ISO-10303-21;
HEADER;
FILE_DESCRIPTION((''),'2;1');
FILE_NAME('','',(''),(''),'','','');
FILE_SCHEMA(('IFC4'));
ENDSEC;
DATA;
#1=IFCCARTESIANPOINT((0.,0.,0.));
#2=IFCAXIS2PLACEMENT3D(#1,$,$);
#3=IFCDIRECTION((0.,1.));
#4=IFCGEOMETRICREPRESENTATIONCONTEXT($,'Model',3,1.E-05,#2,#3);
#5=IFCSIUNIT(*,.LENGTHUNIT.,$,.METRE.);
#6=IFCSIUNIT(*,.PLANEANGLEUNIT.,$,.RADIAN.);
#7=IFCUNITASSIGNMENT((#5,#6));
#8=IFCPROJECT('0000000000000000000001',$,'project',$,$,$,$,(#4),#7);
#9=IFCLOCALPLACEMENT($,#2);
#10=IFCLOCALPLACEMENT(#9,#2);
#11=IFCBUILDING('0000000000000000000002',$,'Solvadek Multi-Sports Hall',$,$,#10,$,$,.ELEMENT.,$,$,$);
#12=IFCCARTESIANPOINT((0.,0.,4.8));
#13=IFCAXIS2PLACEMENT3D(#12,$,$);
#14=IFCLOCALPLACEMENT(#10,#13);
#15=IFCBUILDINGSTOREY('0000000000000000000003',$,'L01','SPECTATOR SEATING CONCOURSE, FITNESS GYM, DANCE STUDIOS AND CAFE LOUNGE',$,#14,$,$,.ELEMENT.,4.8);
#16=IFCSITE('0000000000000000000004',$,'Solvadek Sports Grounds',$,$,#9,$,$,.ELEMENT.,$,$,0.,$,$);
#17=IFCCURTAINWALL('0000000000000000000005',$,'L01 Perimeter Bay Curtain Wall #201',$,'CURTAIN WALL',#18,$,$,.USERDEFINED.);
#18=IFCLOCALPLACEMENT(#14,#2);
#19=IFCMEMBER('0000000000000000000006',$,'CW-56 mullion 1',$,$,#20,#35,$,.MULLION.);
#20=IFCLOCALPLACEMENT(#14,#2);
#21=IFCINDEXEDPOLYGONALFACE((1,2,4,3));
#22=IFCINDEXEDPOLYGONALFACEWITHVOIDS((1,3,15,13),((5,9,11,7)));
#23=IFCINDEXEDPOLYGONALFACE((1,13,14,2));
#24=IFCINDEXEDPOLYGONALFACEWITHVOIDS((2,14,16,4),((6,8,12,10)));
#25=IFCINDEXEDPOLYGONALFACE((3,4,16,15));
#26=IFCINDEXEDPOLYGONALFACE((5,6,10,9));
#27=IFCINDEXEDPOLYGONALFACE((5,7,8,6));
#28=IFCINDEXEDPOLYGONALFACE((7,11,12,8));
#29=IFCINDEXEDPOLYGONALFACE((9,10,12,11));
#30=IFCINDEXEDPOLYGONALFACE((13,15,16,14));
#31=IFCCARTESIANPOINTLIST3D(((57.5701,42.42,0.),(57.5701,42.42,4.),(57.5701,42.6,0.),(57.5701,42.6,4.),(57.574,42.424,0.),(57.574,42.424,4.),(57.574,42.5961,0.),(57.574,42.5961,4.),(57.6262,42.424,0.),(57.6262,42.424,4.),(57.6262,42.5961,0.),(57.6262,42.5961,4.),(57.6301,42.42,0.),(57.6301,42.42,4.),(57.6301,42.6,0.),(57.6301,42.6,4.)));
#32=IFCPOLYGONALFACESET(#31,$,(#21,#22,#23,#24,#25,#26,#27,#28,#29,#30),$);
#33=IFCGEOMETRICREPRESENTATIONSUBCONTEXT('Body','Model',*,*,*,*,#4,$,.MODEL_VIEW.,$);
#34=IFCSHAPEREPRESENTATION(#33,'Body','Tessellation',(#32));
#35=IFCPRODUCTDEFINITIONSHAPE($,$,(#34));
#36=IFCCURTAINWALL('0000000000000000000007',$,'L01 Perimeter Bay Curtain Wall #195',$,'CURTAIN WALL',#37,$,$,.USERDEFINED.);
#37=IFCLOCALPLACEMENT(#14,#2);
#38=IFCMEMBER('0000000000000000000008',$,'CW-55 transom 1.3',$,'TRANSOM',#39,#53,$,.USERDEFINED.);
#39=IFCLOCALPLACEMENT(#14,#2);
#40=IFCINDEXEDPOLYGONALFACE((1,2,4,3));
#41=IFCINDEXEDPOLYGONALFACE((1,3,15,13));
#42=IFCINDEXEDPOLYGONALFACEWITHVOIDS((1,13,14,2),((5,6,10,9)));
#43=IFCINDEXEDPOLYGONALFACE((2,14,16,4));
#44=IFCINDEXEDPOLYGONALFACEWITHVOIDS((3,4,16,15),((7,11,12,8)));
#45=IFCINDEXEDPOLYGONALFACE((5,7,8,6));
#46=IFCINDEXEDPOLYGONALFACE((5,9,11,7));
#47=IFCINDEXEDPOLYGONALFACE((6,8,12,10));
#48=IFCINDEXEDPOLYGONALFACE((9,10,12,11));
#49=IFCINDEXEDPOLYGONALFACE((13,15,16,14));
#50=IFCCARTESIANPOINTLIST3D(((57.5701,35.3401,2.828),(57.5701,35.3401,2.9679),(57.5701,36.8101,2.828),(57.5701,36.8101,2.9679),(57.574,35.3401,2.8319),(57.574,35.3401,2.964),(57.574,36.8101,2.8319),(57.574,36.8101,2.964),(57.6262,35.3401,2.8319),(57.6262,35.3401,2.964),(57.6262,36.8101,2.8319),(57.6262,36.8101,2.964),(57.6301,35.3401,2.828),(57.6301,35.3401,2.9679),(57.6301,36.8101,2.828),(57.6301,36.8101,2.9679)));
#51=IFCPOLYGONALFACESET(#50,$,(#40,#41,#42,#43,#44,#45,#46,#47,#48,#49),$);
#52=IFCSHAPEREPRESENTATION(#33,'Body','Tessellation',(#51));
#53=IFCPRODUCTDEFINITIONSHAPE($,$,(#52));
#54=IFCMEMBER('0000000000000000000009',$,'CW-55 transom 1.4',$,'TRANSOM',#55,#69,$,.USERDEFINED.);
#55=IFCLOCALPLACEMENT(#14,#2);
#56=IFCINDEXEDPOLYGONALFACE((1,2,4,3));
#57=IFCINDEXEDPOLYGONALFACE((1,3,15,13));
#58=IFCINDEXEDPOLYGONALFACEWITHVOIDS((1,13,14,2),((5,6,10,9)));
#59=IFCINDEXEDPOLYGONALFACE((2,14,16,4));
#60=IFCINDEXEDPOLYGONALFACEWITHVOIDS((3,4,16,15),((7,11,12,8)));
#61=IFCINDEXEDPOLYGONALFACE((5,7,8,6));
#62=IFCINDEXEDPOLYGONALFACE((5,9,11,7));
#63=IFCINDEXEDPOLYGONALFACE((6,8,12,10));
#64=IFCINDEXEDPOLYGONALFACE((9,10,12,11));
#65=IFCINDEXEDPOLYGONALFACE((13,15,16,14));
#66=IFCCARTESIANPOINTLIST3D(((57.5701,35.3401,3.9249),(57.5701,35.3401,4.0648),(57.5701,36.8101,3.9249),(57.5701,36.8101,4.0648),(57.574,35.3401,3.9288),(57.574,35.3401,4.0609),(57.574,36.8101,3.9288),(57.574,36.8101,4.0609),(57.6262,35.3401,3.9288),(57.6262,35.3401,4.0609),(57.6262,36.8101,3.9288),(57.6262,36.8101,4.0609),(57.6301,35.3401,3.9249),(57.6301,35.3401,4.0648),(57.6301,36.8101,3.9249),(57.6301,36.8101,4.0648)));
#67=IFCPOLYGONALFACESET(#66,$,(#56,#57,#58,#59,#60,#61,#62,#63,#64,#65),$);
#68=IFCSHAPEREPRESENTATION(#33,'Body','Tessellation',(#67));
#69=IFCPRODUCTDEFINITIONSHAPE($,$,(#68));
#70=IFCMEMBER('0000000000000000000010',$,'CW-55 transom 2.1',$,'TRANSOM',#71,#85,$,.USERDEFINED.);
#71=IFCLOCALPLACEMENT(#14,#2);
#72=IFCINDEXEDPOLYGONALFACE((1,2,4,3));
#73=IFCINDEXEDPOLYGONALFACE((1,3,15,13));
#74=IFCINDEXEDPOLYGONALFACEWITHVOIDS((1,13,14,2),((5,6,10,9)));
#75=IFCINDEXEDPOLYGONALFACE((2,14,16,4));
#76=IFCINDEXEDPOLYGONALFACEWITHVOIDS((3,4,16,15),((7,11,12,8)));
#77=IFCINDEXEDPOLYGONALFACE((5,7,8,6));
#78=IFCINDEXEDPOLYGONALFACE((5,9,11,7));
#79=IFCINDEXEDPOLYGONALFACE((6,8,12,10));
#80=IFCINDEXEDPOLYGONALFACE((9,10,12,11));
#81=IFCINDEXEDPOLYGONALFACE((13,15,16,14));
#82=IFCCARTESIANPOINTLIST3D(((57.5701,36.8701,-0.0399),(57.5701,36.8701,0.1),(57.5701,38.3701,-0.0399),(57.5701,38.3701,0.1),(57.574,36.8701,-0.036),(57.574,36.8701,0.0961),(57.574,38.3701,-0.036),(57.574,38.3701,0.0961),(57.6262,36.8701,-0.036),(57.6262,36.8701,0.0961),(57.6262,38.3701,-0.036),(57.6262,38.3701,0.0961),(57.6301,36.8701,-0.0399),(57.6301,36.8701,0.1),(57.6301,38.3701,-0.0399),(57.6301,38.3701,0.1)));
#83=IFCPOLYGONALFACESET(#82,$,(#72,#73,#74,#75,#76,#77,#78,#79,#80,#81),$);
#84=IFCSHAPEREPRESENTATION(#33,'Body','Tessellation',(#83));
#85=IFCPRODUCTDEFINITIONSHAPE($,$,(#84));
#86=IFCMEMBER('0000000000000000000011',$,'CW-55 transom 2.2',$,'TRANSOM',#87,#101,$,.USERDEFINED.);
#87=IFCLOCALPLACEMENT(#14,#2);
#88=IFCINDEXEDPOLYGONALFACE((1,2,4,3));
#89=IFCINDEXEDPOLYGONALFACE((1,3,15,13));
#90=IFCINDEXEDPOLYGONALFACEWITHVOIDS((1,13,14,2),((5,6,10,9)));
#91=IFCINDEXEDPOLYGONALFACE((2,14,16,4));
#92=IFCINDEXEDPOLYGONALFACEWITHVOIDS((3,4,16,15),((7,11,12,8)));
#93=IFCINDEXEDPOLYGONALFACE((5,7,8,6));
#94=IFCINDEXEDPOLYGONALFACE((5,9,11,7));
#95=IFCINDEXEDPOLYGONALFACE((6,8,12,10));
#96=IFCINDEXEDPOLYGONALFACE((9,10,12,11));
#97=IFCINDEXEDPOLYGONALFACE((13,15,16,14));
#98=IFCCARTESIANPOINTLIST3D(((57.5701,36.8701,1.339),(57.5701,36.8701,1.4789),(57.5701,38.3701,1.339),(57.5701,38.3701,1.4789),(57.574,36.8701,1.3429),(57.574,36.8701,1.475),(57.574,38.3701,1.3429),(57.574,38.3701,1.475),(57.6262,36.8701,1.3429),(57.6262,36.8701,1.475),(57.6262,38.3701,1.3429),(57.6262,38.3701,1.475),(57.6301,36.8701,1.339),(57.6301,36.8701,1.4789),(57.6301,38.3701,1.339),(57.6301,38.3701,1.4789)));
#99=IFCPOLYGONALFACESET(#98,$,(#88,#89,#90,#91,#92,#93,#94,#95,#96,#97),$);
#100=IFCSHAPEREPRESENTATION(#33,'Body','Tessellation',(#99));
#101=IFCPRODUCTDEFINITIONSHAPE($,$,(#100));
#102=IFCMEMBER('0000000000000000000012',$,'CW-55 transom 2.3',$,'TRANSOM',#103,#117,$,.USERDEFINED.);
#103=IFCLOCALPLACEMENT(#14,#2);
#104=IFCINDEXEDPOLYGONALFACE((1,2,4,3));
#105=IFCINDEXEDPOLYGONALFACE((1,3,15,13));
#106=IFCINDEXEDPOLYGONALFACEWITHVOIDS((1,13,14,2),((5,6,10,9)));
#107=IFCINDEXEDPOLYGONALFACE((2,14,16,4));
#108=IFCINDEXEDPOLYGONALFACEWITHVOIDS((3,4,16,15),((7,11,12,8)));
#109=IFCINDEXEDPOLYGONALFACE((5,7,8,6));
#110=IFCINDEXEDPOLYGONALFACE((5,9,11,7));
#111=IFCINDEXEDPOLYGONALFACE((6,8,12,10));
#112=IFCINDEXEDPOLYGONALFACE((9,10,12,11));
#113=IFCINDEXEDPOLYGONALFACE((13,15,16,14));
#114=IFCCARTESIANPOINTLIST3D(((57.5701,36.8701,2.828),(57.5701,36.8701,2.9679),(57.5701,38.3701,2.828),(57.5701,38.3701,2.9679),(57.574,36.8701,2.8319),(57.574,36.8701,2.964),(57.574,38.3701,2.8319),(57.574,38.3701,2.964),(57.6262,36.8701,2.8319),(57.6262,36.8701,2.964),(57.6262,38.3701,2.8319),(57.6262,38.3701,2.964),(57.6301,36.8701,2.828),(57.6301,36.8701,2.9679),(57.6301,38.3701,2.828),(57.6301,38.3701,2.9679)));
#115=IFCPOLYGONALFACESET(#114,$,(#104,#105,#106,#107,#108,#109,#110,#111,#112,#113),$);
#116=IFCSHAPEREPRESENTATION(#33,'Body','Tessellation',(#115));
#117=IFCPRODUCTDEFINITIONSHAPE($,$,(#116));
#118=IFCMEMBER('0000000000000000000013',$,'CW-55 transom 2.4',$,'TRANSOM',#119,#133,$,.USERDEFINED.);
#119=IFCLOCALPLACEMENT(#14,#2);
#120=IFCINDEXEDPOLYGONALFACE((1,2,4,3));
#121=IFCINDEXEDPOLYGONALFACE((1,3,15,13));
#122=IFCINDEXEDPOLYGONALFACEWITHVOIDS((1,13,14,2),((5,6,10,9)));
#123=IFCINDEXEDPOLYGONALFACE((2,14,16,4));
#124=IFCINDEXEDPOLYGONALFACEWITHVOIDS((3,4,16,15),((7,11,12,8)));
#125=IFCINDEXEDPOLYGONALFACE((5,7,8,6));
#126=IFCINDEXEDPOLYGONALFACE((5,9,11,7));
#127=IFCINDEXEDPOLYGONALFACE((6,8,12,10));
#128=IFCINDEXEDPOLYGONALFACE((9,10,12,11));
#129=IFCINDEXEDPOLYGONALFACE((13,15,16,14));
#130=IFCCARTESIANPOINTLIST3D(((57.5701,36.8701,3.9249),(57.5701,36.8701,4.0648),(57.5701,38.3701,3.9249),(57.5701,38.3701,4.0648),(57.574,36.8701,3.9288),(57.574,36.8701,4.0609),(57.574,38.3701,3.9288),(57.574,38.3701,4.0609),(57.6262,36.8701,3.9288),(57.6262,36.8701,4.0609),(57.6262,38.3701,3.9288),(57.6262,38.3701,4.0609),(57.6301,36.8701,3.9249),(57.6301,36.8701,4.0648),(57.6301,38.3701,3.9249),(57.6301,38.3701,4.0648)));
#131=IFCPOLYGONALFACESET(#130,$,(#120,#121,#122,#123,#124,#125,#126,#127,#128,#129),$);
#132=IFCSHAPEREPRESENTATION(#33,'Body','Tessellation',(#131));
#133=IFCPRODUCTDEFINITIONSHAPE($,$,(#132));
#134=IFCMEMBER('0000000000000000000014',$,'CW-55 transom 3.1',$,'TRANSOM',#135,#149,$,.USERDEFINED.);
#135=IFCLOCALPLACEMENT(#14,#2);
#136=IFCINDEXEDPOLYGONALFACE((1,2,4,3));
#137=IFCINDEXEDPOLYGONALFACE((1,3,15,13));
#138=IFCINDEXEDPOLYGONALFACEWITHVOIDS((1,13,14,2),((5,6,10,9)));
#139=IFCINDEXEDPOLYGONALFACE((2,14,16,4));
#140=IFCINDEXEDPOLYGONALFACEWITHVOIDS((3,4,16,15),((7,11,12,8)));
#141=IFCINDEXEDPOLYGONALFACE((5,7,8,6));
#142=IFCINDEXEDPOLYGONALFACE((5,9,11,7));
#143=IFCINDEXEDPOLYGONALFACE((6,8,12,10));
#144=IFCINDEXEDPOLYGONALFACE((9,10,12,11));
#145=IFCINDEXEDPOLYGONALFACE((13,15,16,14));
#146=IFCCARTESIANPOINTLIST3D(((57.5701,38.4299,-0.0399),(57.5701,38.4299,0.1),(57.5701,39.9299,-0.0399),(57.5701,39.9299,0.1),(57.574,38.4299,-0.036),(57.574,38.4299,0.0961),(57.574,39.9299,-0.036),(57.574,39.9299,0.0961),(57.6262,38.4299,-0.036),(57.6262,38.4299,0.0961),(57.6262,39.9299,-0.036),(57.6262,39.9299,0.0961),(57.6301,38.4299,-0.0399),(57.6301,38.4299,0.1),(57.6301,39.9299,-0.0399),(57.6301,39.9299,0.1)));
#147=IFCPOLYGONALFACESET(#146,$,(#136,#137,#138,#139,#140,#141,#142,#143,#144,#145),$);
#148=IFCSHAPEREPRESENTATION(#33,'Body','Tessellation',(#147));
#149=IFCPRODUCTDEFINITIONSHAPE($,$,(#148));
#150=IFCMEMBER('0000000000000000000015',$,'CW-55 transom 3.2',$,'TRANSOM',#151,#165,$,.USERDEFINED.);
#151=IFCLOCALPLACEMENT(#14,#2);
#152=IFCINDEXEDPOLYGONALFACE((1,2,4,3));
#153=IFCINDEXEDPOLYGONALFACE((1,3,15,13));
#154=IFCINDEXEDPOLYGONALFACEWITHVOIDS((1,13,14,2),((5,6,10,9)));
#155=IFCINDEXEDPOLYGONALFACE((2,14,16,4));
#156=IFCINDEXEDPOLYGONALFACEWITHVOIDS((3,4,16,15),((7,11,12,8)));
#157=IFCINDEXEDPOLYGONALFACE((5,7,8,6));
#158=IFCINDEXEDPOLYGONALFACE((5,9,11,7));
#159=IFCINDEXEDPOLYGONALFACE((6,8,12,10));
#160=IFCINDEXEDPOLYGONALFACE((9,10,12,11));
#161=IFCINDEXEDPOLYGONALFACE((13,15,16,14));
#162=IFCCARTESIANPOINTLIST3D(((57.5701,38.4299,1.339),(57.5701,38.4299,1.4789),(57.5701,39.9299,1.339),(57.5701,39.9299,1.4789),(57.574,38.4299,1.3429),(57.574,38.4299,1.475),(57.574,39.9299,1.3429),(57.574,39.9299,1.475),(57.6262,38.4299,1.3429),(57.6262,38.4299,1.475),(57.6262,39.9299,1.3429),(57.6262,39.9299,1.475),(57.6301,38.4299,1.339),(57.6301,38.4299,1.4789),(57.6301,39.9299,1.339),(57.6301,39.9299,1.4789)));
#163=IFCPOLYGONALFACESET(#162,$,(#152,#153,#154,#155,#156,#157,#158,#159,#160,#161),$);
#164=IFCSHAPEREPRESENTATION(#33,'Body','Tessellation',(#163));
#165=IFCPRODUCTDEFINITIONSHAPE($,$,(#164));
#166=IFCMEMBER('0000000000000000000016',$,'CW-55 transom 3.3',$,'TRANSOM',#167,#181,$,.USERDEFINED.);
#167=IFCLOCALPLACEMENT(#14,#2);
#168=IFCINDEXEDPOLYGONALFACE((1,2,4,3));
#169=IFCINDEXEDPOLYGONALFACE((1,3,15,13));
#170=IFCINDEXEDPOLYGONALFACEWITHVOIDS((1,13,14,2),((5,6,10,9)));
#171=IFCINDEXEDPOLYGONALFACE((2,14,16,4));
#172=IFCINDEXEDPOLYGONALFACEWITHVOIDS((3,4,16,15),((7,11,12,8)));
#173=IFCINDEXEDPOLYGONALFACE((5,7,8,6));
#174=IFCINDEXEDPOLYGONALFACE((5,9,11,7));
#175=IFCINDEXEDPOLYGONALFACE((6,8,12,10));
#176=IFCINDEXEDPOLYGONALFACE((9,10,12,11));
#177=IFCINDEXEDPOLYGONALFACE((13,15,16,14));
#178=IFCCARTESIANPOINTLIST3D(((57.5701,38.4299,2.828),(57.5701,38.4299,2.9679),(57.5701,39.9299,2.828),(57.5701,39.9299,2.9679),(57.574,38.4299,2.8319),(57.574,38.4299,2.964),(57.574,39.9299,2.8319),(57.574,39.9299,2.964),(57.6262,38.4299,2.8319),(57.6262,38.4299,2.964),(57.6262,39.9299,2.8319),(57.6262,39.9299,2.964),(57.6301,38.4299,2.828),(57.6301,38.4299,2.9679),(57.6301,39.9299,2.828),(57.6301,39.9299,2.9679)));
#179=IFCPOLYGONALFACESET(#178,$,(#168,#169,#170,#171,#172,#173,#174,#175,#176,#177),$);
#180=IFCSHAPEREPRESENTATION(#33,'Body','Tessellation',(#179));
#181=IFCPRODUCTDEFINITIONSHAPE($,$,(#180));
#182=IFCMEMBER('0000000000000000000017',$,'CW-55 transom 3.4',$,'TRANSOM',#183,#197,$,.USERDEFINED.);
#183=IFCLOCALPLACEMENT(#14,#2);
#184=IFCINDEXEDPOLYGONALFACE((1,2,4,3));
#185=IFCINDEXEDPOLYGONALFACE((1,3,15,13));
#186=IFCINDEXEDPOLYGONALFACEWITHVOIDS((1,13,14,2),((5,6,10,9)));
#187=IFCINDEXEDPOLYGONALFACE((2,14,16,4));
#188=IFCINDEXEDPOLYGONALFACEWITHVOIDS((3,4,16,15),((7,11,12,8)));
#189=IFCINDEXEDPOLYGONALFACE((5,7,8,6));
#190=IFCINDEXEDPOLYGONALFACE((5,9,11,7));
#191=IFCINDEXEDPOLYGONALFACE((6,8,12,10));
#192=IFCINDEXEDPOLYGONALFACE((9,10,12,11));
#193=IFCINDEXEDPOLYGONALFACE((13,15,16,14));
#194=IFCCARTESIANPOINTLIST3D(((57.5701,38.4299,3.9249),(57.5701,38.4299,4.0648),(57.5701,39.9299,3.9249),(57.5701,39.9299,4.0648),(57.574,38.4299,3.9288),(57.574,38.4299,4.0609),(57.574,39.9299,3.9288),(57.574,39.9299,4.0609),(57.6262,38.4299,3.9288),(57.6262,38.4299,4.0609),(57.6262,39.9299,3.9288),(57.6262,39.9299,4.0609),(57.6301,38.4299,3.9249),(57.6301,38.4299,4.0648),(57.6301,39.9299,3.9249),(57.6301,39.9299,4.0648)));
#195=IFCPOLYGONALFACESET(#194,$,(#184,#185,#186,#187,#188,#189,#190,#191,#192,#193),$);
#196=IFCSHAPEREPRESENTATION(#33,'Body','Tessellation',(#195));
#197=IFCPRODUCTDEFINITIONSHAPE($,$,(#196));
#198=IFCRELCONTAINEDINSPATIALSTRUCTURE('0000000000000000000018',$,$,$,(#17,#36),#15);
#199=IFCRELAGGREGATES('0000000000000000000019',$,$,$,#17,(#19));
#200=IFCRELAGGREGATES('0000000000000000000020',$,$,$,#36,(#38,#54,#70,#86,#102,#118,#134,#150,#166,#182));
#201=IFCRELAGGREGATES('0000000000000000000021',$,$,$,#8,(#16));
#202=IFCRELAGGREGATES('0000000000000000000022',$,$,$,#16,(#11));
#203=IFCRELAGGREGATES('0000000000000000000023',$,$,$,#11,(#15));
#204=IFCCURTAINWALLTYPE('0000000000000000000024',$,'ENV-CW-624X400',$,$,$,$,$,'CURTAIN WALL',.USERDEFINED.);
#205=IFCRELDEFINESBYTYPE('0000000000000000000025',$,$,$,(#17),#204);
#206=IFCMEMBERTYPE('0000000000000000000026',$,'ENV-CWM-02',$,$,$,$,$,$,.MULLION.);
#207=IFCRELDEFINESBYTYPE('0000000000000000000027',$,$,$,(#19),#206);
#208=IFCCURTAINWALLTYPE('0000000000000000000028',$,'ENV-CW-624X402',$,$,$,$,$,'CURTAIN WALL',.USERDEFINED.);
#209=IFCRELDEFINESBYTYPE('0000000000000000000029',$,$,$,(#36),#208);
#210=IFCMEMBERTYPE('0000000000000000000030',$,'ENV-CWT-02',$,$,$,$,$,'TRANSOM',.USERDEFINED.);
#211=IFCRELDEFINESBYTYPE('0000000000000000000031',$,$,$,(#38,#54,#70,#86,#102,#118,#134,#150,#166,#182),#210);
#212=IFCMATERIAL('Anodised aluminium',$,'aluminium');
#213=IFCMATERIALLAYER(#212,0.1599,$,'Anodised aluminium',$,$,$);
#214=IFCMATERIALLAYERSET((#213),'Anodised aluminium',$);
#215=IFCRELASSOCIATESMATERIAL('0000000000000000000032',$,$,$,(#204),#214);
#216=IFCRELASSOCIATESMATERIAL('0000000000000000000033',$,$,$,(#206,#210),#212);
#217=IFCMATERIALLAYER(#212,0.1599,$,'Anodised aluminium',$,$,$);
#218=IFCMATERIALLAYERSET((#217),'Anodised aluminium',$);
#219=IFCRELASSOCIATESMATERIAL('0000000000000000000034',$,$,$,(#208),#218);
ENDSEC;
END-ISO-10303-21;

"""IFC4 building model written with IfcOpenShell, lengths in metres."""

from ifc_helpers import new_model, si_unit, direction, frame, origin, origin_2d, place, context, subcontext, project, spatial, hollow_rectangle, extrude, material, layer, layer_set, material_profile, profile_set, type_object, element, aggregate, save


model = new_model("IFC4")

# Units and contexts
model_context = context("Model", 3, precision=1e-05, world=origin(), true_north=direction((0.0, 1.0)))
body_context = subcontext(model_context, "Body", "Model", "MODEL_VIEW")
ifc_project = project(units=[si_unit("LENGTHUNIT", "METRE"), si_unit("PLANEANGLEUNIT", "RADIAN")], contexts=[model_context])

# Site, building, storey
site_placement = place(None, origin())
site = spatial("IfcSite", under=ifc_project, at=site_placement, Name="Solvadek Sports Grounds", CompositionType="ELEMENT", RefElevation=0.0)
building_placement = place(site_placement, origin())
building = spatial("IfcBuilding", under=site, at=building_placement, Name="Solvadek Multi-Sports Hall", CompositionType="ELEMENT")
storey_placement = place(building_placement, frame((0.0, 0.0, 4.8)))
storey = spatial("IfcBuildingStorey", under=building, at=storey_placement, Name="L01", Description="SPECTATOR SEATING CONCOURSE, FITNESS GYM, DANCE STUDIOS AND CAFE LOUNGE", CompositionType="ELEMENT", Elevation=4.8)

# Curtain wall, member
ifc_material_1 = material(Name="Anodised aluminium", Category="aluminium")
ifc_layer_1 = layer(ifc_material_1, 0.1599, Name="Anodised aluminium")
ifc_layer_set_1 = layer_set([ifc_layer_1], Name="Anodised aluminium")
curtain_wall_type_1 = type_object("IfcCurtainWallType", Name="ENV-CW-624X400", ElementType="CURTAIN WALL", PredefinedType="USERDEFINED", material=ifc_layer_set_1)
curtain_wall_1_placement = place(storey_placement, origin())
curtain_wall_1 = element("IfcCurtainWall", 1, at=curtain_wall_1_placement, inside=storey, type_object=curtain_wall_type_1, Name="L01 Perimeter Bay Curtain Wall #201", ObjectType="CURTAIN WALL", PredefinedType="USERDEFINED")
ifc_material_profile_1 = material_profile(ifc_material_1, hollow_rectangle(XDim=0.0601, YDim=0.1799, WallThickness=0.0039, at=origin_2d()), Name="ALU-M 180x60x4")
ifc_profile_set_1 = profile_set([ifc_material_profile_1], Name="Anodised aluminium")
member_type_1 = type_object("IfcMemberType", Name="ENV-CWM-02", PredefinedType="MULLION", material=ifc_profile_set_1)
member_1_placement = place(storey_placement, frame((57.6001, 42.51, 0.0), z_axis=(0.0, 0.0, 1.0), x_axis=(-1.0, 0.0, 0.0)))
member_1 = element("IfcMember", 2, at=member_1_placement, type_object=member_type_1, Name="CW-56 mullion 1", PredefinedType="MULLION", context=body_context, shape_type="SweptSolid", body=[
    extrude(hollow_rectangle(XDim=0.0601, YDim=0.1799, WallThickness=0.0039, at=origin_2d()), origin(), (0.0, 0.0, 1.0), 4.0),
])

# Curtain wall, members
ifc_layer_2 = layer(ifc_material_1, 0.1599, Name="Anodised aluminium")
ifc_layer_set_2 = layer_set([ifc_layer_2], Name="Anodised aluminium")
curtain_wall_type_2 = type_object("IfcCurtainWallType", Name="ENV-CW-624X402", ElementType="CURTAIN WALL", PredefinedType="USERDEFINED", material=ifc_layer_set_2)
curtain_wall_2_placement = place(storey_placement, origin())
curtain_wall_2 = element("IfcCurtainWall", 3, at=curtain_wall_2_placement, inside=storey, type_object=curtain_wall_type_2, Name="L01 Perimeter Bay Curtain Wall #195", ObjectType="CURTAIN WALL", PredefinedType="USERDEFINED")
ifc_material_profile_2 = material_profile(ifc_material_1, hollow_rectangle(XDim=0.0601, YDim=0.1399, WallThickness=0.0039, at=origin_2d()), Name="ALU-T 140x60x4")
ifc_profile_set_2 = profile_set([ifc_material_profile_2], Name="Anodised aluminium")
member_type_2 = type_object("IfcMemberType", Name="ENV-CWT-02", ElementType="TRANSOM", PredefinedType="USERDEFINED", material=ifc_profile_set_2)
member_2_placement = place(storey_placement, frame((57.6001, 35.3401, 2.8979), z_axis=(0.0, 1.0, 0.0), x_axis=(-1.0, 0.0, 0.0)))
member_2 = element("IfcMember", 4, at=member_2_placement, type_object=member_type_2, Name="CW-55 transom 1.3", ObjectType="TRANSOM", PredefinedType="USERDEFINED", context=body_context, shape_type="SweptSolid", body=[
    extrude(hollow_rectangle(XDim=0.0601, YDim=0.1399, WallThickness=0.0039, at=origin_2d()), origin(), (0.0, 0.0, 1.0), 1.47),
])
member_3_placement = place(storey_placement, frame((57.6001, 35.3401, 3.9949), z_axis=(0.0, 1.0, 0.0), x_axis=(-1.0, 0.0, 0.0)))
member_3 = element("IfcMember", 5, at=member_3_placement, type_object=member_type_2, Name="CW-55 transom 1.4", ObjectType="TRANSOM", PredefinedType="USERDEFINED", context=body_context, shape_type="SweptSolid", body=[
    extrude(hollow_rectangle(XDim=0.0601, YDim=0.1399, WallThickness=0.0039, at=origin_2d()), origin(), (0.0, 0.0, 1.0), 1.47),
])
member_4_placement = place(storey_placement, frame((57.6001, 36.8701, 0.03), z_axis=(0.0, 1.0, 0.0), x_axis=(-1.0, 0.0, 0.0)))
member_4 = element("IfcMember", 6, at=member_4_placement, type_object=member_type_2, Name="CW-55 transom 2.1", ObjectType="TRANSOM", PredefinedType="USERDEFINED", context=body_context, shape_type="SweptSolid", body=[
    extrude(hollow_rectangle(XDim=0.0601, YDim=0.1399, WallThickness=0.0039, at=origin_2d()), origin(), (0.0, 0.0, 1.0), 1.5),
])
member_5_placement = place(storey_placement, frame((57.6001, 36.8701, 1.4089), z_axis=(0.0, 1.0, 0.0), x_axis=(-1.0, 0.0, 0.0)))
member_5 = element("IfcMember", 7, at=member_5_placement, type_object=member_type_2, Name="CW-55 transom 2.2", ObjectType="TRANSOM", PredefinedType="USERDEFINED", context=body_context, shape_type="SweptSolid", body=[
    extrude(hollow_rectangle(XDim=0.0601, YDim=0.1399, WallThickness=0.0039, at=origin_2d()), origin(), (0.0, 0.0, 1.0), 1.5),
])
member_6_placement = place(storey_placement, frame((57.6001, 36.8701, 2.8979), z_axis=(0.0, 1.0, 0.0), x_axis=(-1.0, 0.0, 0.0)))
member_6 = element("IfcMember", 8, at=member_6_placement, type_object=member_type_2, Name="CW-55 transom 2.3", ObjectType="TRANSOM", PredefinedType="USERDEFINED", context=body_context, shape_type="SweptSolid", body=[
    extrude(hollow_rectangle(XDim=0.0601, YDim=0.1399, WallThickness=0.0039, at=origin_2d()), origin(), (0.0, 0.0, 1.0), 1.5),
])
member_7_placement = place(storey_placement, frame((57.6001, 36.8701, 3.9949), z_axis=(0.0, 1.0, 0.0), x_axis=(-1.0, 0.0, 0.0)))
member_7 = element("IfcMember", 9, at=member_7_placement, type_object=member_type_2, Name="CW-55 transom 2.4", ObjectType="TRANSOM", PredefinedType="USERDEFINED", context=body_context, shape_type="SweptSolid", body=[
    extrude(hollow_rectangle(XDim=0.0601, YDim=0.1399, WallThickness=0.0039, at=origin_2d()), origin(), (0.0, 0.0, 1.0), 1.5),
])
member_8_placement = place(storey_placement, frame((57.6001, 38.4299, 0.03), z_axis=(0.0, 1.0, 0.0), x_axis=(-1.0, 0.0, 0.0)))
member_8 = element("IfcMember", 10, at=member_8_placement, type_object=member_type_2, Name="CW-55 transom 3.1", ObjectType="TRANSOM", PredefinedType="USERDEFINED", context=body_context, shape_type="SweptSolid", body=[
    extrude(hollow_rectangle(XDim=0.0601, YDim=0.1399, WallThickness=0.0039, at=origin_2d()), origin(), (0.0, 0.0, 1.0), 1.5),
])
member_9_placement = place(storey_placement, frame((57.6001, 38.4299, 1.4089), z_axis=(0.0, 1.0, 0.0), x_axis=(-1.0, 0.0, 0.0)))
member_9 = element("IfcMember", 11, at=member_9_placement, type_object=member_type_2, Name="CW-55 transom 3.2", ObjectType="TRANSOM", PredefinedType="USERDEFINED", context=body_context, shape_type="SweptSolid", body=[
    extrude(hollow_rectangle(XDim=0.0601, YDim=0.1399, WallThickness=0.0039, at=origin_2d()), origin(), (0.0, 0.0, 1.0), 1.5),
])
member_10_placement = place(storey_placement, frame((57.6001, 38.4299, 2.8979), z_axis=(0.0, 1.0, 0.0), x_axis=(-1.0, 0.0, 0.0)))
member_10 = element("IfcMember", 12, at=member_10_placement, type_object=member_type_2, Name="CW-55 transom 3.3", ObjectType="TRANSOM", PredefinedType="USERDEFINED", context=body_context, shape_type="SweptSolid", body=[
    extrude(hollow_rectangle(XDim=0.0601, YDim=0.1399, WallThickness=0.0039, at=origin_2d()), origin(), (0.0, 0.0, 1.0), 1.5),
])
member_11_placement = place(storey_placement, frame((57.6001, 38.4299, 3.9949), z_axis=(0.0, 1.0, 0.0), x_axis=(-1.0, 0.0, 0.0)))
member_11 = element("IfcMember", 13, at=member_11_placement, type_object=member_type_2, Name="CW-55 transom 3.4", ObjectType="TRANSOM", PredefinedType="USERDEFINED", context=body_context, shape_type="SweptSolid", body=[
    extrude(hollow_rectangle(XDim=0.0601, YDim=0.1399, WallThickness=0.0039, at=origin_2d()), origin(), (0.0, 0.0, 1.0), 1.5),
])

aggregate(curtain_wall_1, [member_1])

aggregate(curtain_wall_2, [member_2, member_3, member_4, member_5, member_6, member_7, member_8, member_9, member_10, member_11])

save(model, "model.ifc")
